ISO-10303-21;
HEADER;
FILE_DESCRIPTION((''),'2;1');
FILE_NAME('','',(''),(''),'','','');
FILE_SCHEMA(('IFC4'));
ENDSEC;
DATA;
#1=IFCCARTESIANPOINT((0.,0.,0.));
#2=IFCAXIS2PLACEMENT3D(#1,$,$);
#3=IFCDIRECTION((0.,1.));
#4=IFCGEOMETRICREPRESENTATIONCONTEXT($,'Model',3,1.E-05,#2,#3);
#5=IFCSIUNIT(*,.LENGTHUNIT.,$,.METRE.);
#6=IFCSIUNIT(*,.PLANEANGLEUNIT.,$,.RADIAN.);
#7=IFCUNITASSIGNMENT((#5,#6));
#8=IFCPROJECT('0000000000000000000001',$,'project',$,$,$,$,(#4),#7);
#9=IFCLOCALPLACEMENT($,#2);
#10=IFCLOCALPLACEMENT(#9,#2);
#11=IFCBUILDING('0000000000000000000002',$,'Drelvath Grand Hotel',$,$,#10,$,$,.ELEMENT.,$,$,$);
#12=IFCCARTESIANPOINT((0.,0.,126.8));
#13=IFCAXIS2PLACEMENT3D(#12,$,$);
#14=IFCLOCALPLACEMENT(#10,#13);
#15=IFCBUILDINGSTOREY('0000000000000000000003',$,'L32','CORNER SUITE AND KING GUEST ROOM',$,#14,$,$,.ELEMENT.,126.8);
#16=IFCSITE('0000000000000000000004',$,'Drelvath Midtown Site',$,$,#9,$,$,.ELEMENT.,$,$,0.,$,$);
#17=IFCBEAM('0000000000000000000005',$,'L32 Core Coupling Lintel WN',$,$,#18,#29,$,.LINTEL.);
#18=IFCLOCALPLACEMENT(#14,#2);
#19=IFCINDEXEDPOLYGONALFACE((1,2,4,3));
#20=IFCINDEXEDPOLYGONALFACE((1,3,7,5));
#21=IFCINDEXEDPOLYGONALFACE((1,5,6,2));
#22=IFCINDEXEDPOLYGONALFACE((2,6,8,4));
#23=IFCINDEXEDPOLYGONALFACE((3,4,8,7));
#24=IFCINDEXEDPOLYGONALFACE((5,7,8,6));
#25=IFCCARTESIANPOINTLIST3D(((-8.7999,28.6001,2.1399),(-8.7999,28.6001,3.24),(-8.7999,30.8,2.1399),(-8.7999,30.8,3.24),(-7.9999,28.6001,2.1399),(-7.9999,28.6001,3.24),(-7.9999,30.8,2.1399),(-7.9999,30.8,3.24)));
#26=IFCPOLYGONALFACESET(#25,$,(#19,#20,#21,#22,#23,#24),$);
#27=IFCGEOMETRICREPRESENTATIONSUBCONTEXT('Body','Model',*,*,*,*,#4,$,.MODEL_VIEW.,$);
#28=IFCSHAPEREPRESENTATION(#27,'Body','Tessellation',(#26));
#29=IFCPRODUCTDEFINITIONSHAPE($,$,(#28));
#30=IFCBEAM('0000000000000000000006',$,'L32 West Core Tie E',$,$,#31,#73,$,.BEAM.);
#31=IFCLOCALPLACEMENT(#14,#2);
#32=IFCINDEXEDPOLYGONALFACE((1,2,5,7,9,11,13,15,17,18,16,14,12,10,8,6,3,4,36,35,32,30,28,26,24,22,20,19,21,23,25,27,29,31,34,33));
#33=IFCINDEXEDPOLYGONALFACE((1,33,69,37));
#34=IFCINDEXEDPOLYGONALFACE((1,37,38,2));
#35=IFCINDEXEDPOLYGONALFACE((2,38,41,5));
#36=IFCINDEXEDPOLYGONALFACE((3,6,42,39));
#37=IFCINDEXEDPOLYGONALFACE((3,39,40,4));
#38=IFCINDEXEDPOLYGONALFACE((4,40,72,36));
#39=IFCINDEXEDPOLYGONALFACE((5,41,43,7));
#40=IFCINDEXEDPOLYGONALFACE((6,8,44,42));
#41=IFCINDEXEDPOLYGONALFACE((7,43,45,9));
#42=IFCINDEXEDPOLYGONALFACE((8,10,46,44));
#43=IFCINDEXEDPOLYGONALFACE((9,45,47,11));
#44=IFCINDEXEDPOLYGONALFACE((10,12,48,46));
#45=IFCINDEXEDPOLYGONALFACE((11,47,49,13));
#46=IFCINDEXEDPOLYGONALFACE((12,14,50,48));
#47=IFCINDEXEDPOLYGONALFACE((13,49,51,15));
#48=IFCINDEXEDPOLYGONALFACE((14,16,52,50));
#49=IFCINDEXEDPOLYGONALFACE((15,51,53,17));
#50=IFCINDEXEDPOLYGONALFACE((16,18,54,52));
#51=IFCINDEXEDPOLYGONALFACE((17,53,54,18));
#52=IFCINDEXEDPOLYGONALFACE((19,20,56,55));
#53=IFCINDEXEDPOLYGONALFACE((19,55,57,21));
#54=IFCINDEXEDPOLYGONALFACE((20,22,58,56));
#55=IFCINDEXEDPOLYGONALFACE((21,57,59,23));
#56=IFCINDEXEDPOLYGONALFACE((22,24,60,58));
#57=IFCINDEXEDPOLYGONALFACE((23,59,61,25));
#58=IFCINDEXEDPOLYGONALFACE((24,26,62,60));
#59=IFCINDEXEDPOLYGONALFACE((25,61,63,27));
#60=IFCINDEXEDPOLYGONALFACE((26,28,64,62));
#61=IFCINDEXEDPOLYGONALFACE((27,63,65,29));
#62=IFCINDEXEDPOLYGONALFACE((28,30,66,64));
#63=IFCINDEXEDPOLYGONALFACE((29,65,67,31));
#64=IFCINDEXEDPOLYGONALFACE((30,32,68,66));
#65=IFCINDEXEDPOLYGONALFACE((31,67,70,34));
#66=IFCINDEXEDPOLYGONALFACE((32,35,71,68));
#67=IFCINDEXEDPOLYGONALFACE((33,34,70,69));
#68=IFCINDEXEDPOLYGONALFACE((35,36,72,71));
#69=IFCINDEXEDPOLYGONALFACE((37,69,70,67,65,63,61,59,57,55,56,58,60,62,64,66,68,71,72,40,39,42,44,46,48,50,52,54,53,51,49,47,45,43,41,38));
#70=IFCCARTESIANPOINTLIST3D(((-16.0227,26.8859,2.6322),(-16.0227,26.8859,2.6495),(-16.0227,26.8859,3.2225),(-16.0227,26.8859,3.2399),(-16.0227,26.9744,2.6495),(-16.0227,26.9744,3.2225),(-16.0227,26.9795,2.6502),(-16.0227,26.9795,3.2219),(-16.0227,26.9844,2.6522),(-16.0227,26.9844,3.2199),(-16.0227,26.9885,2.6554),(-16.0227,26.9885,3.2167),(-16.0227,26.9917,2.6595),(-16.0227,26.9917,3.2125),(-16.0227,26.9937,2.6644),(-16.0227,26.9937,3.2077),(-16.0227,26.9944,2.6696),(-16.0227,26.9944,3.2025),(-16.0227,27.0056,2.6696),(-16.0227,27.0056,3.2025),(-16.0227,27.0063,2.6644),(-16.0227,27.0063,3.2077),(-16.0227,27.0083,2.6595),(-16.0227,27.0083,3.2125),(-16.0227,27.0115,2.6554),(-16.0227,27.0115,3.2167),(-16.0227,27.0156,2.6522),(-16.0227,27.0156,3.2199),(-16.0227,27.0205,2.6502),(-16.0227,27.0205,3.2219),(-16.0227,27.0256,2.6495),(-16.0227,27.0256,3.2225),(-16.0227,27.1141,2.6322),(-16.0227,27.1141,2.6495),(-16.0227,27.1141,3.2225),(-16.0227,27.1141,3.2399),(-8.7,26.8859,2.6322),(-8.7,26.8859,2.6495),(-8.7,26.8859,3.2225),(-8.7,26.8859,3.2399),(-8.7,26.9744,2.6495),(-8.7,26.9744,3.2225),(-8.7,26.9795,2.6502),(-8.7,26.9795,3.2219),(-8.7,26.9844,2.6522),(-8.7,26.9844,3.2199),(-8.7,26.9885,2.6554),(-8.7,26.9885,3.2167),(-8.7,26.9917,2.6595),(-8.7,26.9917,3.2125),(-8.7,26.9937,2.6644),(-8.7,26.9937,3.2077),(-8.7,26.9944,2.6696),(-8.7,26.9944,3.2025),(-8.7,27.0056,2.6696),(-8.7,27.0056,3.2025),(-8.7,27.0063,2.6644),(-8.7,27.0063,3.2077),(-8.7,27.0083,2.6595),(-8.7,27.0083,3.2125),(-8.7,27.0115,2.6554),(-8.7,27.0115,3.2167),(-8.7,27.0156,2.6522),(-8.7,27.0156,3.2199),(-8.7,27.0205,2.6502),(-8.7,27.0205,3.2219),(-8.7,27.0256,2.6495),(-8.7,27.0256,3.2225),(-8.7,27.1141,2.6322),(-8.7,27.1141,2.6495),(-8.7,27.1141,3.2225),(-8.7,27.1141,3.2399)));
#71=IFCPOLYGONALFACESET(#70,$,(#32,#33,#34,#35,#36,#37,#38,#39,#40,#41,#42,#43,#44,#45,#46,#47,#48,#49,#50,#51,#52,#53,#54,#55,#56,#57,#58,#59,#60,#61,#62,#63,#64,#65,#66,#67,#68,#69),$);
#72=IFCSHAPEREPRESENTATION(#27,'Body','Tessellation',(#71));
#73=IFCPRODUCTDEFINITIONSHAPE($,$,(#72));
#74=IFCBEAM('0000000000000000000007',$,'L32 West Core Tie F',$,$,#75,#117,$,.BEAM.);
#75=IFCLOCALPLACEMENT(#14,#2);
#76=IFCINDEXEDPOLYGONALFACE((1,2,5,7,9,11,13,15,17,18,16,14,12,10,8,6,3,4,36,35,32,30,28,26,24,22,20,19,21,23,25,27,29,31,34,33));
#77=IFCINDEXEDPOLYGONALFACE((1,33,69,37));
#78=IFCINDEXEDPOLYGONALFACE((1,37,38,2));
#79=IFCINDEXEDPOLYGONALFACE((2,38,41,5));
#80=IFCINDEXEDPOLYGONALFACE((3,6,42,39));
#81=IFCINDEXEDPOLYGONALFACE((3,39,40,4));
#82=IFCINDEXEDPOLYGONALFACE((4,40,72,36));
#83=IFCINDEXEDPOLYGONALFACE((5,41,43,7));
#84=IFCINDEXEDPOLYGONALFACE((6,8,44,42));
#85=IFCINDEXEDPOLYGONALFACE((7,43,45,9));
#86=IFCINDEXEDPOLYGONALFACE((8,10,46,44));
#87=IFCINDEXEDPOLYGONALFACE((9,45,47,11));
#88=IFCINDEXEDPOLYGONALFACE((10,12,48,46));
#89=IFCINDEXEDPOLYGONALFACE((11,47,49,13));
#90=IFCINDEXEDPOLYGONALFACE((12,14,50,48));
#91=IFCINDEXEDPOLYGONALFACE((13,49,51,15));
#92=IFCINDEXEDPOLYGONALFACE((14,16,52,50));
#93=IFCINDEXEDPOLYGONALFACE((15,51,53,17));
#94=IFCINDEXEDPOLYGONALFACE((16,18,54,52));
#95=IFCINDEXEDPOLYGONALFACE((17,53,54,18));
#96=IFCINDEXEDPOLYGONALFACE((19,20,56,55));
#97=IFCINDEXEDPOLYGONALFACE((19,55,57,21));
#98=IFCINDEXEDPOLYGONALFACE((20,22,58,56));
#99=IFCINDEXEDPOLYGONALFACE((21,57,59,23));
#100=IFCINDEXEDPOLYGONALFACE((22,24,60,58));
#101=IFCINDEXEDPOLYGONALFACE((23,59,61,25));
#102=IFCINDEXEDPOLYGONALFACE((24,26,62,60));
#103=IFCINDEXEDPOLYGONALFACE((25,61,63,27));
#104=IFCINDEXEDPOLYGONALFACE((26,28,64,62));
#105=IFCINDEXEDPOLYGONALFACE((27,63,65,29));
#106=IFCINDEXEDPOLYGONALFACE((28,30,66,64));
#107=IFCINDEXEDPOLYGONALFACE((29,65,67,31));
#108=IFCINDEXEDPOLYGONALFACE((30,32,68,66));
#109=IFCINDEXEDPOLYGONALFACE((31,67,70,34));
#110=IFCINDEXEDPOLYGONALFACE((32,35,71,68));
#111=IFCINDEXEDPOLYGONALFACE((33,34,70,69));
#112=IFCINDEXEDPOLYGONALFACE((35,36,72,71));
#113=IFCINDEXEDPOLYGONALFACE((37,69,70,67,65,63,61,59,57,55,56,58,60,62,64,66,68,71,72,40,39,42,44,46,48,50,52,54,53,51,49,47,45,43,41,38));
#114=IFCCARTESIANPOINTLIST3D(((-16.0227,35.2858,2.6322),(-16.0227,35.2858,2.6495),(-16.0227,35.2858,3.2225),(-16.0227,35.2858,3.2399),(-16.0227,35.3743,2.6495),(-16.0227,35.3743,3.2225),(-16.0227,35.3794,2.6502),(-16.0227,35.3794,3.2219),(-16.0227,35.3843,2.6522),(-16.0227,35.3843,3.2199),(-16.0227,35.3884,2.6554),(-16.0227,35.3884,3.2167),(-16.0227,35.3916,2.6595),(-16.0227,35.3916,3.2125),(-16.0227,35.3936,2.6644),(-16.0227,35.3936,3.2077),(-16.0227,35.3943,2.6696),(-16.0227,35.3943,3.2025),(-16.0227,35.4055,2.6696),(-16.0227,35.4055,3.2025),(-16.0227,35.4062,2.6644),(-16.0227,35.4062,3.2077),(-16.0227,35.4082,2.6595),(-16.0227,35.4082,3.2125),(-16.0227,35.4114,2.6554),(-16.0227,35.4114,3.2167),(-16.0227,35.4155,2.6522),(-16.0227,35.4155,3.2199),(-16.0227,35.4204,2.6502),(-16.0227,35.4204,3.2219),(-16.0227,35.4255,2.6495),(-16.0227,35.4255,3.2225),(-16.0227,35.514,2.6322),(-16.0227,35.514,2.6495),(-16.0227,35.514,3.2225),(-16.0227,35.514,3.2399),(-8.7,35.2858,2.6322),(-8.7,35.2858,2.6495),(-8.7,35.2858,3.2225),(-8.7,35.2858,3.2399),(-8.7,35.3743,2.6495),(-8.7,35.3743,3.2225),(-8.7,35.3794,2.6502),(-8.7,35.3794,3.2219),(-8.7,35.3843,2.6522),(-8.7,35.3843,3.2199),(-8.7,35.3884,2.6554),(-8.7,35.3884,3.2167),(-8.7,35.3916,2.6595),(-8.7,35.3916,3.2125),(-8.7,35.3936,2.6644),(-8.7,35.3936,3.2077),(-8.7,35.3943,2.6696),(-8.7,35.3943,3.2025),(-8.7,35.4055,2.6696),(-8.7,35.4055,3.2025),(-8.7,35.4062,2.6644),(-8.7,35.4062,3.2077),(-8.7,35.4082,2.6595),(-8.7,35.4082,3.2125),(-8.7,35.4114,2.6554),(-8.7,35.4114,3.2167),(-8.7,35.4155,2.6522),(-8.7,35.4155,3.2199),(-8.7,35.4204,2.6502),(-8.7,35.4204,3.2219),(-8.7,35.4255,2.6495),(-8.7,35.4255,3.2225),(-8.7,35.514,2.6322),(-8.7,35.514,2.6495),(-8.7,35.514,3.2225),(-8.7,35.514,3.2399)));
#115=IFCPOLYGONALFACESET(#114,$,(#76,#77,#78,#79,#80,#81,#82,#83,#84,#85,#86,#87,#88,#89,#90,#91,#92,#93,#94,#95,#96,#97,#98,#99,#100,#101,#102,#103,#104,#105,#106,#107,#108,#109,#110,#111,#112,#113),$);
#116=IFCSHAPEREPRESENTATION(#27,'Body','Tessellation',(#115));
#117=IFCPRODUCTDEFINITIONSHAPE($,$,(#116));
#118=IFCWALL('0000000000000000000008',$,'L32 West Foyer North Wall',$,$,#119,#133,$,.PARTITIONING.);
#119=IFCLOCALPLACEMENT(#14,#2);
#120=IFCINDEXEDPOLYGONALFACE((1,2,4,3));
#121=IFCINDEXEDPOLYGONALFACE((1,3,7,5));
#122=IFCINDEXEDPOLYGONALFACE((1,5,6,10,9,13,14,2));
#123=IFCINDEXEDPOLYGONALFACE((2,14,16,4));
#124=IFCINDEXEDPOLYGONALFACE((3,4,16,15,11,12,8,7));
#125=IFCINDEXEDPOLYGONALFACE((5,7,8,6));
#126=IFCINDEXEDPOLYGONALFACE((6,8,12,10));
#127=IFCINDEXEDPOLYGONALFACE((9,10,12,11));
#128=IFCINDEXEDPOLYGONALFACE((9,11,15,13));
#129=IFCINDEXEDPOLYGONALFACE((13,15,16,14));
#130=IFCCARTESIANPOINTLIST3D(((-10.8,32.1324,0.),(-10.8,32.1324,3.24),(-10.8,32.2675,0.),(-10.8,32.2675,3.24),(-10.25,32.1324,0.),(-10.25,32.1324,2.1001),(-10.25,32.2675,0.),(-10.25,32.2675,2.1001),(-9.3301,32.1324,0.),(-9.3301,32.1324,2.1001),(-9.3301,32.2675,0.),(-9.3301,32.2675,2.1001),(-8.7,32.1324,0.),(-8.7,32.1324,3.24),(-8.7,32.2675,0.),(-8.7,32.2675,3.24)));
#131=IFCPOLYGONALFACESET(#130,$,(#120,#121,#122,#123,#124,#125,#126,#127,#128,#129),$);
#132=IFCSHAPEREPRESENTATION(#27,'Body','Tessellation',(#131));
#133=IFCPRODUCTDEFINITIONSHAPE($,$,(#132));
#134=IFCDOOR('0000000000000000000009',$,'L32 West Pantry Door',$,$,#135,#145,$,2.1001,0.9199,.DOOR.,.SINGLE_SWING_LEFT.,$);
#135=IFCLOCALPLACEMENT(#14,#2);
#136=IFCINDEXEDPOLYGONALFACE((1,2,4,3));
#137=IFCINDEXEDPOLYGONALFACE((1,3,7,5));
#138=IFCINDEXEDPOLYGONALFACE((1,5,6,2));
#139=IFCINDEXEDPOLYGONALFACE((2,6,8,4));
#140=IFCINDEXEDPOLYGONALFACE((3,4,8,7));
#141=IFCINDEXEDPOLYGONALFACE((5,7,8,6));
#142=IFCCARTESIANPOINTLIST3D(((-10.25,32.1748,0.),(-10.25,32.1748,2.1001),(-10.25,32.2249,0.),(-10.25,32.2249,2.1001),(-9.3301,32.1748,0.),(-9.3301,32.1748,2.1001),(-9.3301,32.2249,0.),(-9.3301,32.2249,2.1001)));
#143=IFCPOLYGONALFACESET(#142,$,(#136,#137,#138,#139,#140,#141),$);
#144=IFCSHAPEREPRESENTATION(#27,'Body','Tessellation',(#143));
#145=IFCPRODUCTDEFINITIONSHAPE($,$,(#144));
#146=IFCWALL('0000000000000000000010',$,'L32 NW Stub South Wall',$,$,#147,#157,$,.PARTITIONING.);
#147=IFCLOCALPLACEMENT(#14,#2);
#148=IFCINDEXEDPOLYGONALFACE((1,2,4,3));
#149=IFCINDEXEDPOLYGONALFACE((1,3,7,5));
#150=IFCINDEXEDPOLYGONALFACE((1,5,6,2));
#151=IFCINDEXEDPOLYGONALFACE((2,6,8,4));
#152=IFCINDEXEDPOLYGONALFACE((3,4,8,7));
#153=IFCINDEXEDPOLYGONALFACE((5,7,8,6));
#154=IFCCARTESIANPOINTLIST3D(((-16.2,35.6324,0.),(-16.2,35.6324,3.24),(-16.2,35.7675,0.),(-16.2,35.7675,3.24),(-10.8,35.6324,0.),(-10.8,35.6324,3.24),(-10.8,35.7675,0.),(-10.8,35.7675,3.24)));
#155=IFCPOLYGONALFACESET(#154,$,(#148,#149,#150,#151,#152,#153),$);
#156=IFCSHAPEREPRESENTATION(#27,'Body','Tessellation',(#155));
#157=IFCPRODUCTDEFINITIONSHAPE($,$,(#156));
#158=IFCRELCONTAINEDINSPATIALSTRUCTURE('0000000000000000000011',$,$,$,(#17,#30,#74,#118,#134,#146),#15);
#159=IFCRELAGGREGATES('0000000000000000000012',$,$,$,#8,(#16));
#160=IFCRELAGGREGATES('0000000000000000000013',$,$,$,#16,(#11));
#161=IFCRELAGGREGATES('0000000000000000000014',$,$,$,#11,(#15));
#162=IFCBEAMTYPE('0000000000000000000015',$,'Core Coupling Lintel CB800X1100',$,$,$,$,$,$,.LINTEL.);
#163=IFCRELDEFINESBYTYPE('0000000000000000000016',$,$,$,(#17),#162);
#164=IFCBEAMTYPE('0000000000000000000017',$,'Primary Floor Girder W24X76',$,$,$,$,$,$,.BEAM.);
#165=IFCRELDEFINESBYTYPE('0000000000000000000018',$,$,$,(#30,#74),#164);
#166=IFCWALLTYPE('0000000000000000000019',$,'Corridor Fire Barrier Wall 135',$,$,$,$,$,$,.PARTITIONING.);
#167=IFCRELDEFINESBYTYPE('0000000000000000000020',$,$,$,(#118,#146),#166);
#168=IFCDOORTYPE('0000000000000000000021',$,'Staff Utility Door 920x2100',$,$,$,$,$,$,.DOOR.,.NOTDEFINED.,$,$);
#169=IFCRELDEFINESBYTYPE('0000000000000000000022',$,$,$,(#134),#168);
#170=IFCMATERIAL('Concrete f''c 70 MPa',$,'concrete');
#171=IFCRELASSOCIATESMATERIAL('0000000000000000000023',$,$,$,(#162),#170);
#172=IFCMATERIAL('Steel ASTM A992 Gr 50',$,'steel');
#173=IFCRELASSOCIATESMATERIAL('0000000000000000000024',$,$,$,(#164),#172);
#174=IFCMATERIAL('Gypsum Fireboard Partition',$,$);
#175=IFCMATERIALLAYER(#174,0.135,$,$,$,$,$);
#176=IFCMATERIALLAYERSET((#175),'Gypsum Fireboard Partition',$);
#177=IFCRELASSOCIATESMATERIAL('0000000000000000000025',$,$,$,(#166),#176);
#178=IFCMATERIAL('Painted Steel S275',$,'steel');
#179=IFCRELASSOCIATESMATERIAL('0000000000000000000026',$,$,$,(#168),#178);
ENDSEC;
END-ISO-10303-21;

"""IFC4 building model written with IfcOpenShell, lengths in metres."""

from ifc_helpers import new_model, si_unit, direction, frame, frame_2d, origin, origin_2d, place, context, subcontext, project, spatial, rectangle, i_section, extrude, material, layer, layer_set, material_profile, profile_set, type_object, element, fill, save


model = new_model("IFC4")

# Units and contexts
model_context = context("Model", 3, precision=1e-05, world=origin(), true_north=direction((0.0, 1.0)))
body_context = subcontext(model_context, "Body", "Model", "MODEL_VIEW")
ifc_project = project(units=[si_unit("LENGTHUNIT", "METRE"), si_unit("PLANEANGLEUNIT", "RADIAN")], contexts=[model_context])

# Site, building, storey
site_placement = place(None, origin())
site = spatial("IfcSite", under=ifc_project, at=site_placement, Name="Drelvath Midtown Site", CompositionType="ELEMENT", RefElevation=0.0)
building_placement = place(site_placement, origin())
building = spatial("IfcBuilding", under=site, at=building_placement, Name="Drelvath Grand Hotel", CompositionType="ELEMENT")
storey_placement = place(building_placement, frame((0.0, 0.0, 126.8)))
storey = spatial("IfcBuildingStorey", under=building, at=storey_placement, Name="L32", Description="CORNER SUITE AND KING GUEST ROOM", CompositionType="ELEMENT", Elevation=126.8)

# Beams
ifc_material_1 = material(Name="Concrete f'c 70 MPa", Category="concrete")
ifc_material_profile_1 = material_profile(ifc_material_1, rectangle(XDim=0.8, YDim=1.1001, at=origin_2d()), Name="CB800X1100")
ifc_profile_set_1 = profile_set([ifc_material_profile_1], Name="Concrete f'c 70 MPa")
beam_type_1 = type_object("IfcBeamType", Name="Core Coupling Lintel CB800X1100", PredefinedType="LINTEL", material=ifc_profile_set_1)
beam_placement = place(storey_placement, frame((-8.3999, 28.6001, 2.6899), z_axis=(0.0, 1.0, 0.0), x_axis=(-1.0, 0.0, 0.0)))
element("IfcBeam", 1, at=beam_placement, inside=storey, type_object=beam_type_1, Name="L32 Core Coupling Lintel WN", PredefinedType="LINTEL", context=body_context, shape_type="SweptSolid", body=[
    extrude(rectangle(XDim=0.8, YDim=1.1001, at=origin_2d()), origin(), (0.0, 0.0, 1.0), 2.2),
])
ifc_material_2 = material(Name="Steel ASTM A992 Gr 50", Category="steel")
ifc_material_profile_2 = material_profile(ifc_material_2, i_section(OverallWidth=0.2283, OverallDepth=0.6077, WebThickness=0.0112, FlangeThickness=0.0173, FilletRadius=0.02, at=origin_2d()), Name="W24X76")
ifc_profile_set_2 = profile_set([ifc_material_profile_2], Name="Steel ASTM A992 Gr 50")
beam_type_2 = type_object("IfcBeamType", Name="Primary Floor Girder W24X76", PredefinedType="BEAM", material=ifc_profile_set_2)
for number, where, z_axis, x_axis, name in (
    (2, (-16.0227, 27.0, 2.936), (1.0, 0.0, 0.0), (0.0, 1.0, 0.0), "L32 West Core Tie E"),
    (3, (-16.0227, 35.3999, 2.936), (1.0, 0.0, 0.0), (0.0, 1.0, 0.0), "L32 West Core Tie F"),
):
    element("IfcBeam", number, at=place(storey_placement, frame(where, z_axis=z_axis, x_axis=x_axis)), inside=storey, type_object=beam_type_2, Name=name, PredefinedType="BEAM", context=body_context, shape_type="SweptSolid", body=[
        extrude(i_section(OverallWidth=0.2283, OverallDepth=0.6077, WebThickness=0.0112, FlangeThickness=0.0173, FilletRadius=0.02, at=origin_2d()), origin(), (0.0, 0.0, 1.0), 7.3228),
    ])

# Wall, opening, door
ifc_material_3 = material(Name="Gypsum Fireboard Partition")
ifc_layer_1 = layer(ifc_material_3, 0.135)
ifc_layer_set_1 = layer_set([ifc_layer_1], Name="Gypsum Fireboard Partition")
wall_type_1 = type_object("IfcWallType", Name="Corridor Fire Barrier Wall 135", PredefinedType="PARTITIONING", material=ifc_layer_set_1)
wall_1_placement = place(storey_placement, frame((-10.8, 32.2, 0.0), z_axis=(0.0, 0.0, 1.0), x_axis=(1.0, 0.0, 0.0)))
wall_1 = element("IfcWall", 4, at=wall_1_placement, inside=storey, type_object=wall_type_1, Name="L32 West Foyer North Wall", PredefinedType="PARTITIONING", context=body_context, shape_type="SweptSolid", body=[
    extrude(rectangle(XDim=2.1001, YDim=0.135, at=frame_2d((1.05, 0.0))), origin(), (0.0, 0.0, 1.0), 3.24),
])
opening_1_placement = place(wall_1_placement, frame((0.55, 0.0, 0.0)))
opening_1 = element("IfcOpeningElement", 5, at=opening_1_placement, cuts=wall_1, PredefinedType="OPENING", context=body_context, shape_type="SweptSolid", body=[
    extrude(rectangle(XDim=0.9199, YDim=2.1001, at=frame_2d((0.46, 1.05))), frame((0.0, 0.0774, 0.0), z_axis=(0.0, -1.0, 0.0), x_axis=(1.0, 0.0, 0.0)), (0.0, 0.0, 1.0), 0.155),
])
ifc_material_4 = material(Name="Painted Steel S275", Category="steel")
door_type_1 = type_object("IfcDoorType", Name="Staff Utility Door 920x2100", OperationType="NOTDEFINED", PredefinedType="DOOR", material=ifc_material_4)
door_1_placement = place(opening_1_placement, origin())
door_1 = element("IfcDoor", 6, at=door_1_placement, inside=storey, type_object=door_type_1, Name="L32 West Pantry Door", OperationType="SINGLE_SWING_LEFT", OverallHeight=2.1001, OverallWidth=0.9199, PredefinedType="DOOR", context=body_context, shape_type="SweptSolid", body=[
    extrude(rectangle(XDim=0.9199, YDim=2.1001, at=frame_2d((0.46, 1.05))), frame((0.0, 0.0249, 0.0), z_axis=(0.0, -1.0, 0.0), x_axis=(1.0, 0.0, 0.0)), (0.0, 0.0, 1.0), 0.05),
])
fill(opening_1, door_1)

# Wall
wall_2_placement = place(storey_placement, frame((-16.2, 35.7, 0.0), z_axis=(0.0, 0.0, 1.0), x_axis=(1.0, 0.0, 0.0)))
element("IfcWall", 7, at=wall_2_placement, inside=storey, type_object=wall_type_1, Name="L32 NW Stub South Wall", PredefinedType="PARTITIONING", context=body_context, shape_type="SweptSolid", body=[
    extrude(rectangle(XDim=5.3999, YDim=0.135, at=frame_2d((2.7, 0.0))), origin(), (0.0, 0.0, 1.0), 3.24),
])

save(model, "model.ifc")
